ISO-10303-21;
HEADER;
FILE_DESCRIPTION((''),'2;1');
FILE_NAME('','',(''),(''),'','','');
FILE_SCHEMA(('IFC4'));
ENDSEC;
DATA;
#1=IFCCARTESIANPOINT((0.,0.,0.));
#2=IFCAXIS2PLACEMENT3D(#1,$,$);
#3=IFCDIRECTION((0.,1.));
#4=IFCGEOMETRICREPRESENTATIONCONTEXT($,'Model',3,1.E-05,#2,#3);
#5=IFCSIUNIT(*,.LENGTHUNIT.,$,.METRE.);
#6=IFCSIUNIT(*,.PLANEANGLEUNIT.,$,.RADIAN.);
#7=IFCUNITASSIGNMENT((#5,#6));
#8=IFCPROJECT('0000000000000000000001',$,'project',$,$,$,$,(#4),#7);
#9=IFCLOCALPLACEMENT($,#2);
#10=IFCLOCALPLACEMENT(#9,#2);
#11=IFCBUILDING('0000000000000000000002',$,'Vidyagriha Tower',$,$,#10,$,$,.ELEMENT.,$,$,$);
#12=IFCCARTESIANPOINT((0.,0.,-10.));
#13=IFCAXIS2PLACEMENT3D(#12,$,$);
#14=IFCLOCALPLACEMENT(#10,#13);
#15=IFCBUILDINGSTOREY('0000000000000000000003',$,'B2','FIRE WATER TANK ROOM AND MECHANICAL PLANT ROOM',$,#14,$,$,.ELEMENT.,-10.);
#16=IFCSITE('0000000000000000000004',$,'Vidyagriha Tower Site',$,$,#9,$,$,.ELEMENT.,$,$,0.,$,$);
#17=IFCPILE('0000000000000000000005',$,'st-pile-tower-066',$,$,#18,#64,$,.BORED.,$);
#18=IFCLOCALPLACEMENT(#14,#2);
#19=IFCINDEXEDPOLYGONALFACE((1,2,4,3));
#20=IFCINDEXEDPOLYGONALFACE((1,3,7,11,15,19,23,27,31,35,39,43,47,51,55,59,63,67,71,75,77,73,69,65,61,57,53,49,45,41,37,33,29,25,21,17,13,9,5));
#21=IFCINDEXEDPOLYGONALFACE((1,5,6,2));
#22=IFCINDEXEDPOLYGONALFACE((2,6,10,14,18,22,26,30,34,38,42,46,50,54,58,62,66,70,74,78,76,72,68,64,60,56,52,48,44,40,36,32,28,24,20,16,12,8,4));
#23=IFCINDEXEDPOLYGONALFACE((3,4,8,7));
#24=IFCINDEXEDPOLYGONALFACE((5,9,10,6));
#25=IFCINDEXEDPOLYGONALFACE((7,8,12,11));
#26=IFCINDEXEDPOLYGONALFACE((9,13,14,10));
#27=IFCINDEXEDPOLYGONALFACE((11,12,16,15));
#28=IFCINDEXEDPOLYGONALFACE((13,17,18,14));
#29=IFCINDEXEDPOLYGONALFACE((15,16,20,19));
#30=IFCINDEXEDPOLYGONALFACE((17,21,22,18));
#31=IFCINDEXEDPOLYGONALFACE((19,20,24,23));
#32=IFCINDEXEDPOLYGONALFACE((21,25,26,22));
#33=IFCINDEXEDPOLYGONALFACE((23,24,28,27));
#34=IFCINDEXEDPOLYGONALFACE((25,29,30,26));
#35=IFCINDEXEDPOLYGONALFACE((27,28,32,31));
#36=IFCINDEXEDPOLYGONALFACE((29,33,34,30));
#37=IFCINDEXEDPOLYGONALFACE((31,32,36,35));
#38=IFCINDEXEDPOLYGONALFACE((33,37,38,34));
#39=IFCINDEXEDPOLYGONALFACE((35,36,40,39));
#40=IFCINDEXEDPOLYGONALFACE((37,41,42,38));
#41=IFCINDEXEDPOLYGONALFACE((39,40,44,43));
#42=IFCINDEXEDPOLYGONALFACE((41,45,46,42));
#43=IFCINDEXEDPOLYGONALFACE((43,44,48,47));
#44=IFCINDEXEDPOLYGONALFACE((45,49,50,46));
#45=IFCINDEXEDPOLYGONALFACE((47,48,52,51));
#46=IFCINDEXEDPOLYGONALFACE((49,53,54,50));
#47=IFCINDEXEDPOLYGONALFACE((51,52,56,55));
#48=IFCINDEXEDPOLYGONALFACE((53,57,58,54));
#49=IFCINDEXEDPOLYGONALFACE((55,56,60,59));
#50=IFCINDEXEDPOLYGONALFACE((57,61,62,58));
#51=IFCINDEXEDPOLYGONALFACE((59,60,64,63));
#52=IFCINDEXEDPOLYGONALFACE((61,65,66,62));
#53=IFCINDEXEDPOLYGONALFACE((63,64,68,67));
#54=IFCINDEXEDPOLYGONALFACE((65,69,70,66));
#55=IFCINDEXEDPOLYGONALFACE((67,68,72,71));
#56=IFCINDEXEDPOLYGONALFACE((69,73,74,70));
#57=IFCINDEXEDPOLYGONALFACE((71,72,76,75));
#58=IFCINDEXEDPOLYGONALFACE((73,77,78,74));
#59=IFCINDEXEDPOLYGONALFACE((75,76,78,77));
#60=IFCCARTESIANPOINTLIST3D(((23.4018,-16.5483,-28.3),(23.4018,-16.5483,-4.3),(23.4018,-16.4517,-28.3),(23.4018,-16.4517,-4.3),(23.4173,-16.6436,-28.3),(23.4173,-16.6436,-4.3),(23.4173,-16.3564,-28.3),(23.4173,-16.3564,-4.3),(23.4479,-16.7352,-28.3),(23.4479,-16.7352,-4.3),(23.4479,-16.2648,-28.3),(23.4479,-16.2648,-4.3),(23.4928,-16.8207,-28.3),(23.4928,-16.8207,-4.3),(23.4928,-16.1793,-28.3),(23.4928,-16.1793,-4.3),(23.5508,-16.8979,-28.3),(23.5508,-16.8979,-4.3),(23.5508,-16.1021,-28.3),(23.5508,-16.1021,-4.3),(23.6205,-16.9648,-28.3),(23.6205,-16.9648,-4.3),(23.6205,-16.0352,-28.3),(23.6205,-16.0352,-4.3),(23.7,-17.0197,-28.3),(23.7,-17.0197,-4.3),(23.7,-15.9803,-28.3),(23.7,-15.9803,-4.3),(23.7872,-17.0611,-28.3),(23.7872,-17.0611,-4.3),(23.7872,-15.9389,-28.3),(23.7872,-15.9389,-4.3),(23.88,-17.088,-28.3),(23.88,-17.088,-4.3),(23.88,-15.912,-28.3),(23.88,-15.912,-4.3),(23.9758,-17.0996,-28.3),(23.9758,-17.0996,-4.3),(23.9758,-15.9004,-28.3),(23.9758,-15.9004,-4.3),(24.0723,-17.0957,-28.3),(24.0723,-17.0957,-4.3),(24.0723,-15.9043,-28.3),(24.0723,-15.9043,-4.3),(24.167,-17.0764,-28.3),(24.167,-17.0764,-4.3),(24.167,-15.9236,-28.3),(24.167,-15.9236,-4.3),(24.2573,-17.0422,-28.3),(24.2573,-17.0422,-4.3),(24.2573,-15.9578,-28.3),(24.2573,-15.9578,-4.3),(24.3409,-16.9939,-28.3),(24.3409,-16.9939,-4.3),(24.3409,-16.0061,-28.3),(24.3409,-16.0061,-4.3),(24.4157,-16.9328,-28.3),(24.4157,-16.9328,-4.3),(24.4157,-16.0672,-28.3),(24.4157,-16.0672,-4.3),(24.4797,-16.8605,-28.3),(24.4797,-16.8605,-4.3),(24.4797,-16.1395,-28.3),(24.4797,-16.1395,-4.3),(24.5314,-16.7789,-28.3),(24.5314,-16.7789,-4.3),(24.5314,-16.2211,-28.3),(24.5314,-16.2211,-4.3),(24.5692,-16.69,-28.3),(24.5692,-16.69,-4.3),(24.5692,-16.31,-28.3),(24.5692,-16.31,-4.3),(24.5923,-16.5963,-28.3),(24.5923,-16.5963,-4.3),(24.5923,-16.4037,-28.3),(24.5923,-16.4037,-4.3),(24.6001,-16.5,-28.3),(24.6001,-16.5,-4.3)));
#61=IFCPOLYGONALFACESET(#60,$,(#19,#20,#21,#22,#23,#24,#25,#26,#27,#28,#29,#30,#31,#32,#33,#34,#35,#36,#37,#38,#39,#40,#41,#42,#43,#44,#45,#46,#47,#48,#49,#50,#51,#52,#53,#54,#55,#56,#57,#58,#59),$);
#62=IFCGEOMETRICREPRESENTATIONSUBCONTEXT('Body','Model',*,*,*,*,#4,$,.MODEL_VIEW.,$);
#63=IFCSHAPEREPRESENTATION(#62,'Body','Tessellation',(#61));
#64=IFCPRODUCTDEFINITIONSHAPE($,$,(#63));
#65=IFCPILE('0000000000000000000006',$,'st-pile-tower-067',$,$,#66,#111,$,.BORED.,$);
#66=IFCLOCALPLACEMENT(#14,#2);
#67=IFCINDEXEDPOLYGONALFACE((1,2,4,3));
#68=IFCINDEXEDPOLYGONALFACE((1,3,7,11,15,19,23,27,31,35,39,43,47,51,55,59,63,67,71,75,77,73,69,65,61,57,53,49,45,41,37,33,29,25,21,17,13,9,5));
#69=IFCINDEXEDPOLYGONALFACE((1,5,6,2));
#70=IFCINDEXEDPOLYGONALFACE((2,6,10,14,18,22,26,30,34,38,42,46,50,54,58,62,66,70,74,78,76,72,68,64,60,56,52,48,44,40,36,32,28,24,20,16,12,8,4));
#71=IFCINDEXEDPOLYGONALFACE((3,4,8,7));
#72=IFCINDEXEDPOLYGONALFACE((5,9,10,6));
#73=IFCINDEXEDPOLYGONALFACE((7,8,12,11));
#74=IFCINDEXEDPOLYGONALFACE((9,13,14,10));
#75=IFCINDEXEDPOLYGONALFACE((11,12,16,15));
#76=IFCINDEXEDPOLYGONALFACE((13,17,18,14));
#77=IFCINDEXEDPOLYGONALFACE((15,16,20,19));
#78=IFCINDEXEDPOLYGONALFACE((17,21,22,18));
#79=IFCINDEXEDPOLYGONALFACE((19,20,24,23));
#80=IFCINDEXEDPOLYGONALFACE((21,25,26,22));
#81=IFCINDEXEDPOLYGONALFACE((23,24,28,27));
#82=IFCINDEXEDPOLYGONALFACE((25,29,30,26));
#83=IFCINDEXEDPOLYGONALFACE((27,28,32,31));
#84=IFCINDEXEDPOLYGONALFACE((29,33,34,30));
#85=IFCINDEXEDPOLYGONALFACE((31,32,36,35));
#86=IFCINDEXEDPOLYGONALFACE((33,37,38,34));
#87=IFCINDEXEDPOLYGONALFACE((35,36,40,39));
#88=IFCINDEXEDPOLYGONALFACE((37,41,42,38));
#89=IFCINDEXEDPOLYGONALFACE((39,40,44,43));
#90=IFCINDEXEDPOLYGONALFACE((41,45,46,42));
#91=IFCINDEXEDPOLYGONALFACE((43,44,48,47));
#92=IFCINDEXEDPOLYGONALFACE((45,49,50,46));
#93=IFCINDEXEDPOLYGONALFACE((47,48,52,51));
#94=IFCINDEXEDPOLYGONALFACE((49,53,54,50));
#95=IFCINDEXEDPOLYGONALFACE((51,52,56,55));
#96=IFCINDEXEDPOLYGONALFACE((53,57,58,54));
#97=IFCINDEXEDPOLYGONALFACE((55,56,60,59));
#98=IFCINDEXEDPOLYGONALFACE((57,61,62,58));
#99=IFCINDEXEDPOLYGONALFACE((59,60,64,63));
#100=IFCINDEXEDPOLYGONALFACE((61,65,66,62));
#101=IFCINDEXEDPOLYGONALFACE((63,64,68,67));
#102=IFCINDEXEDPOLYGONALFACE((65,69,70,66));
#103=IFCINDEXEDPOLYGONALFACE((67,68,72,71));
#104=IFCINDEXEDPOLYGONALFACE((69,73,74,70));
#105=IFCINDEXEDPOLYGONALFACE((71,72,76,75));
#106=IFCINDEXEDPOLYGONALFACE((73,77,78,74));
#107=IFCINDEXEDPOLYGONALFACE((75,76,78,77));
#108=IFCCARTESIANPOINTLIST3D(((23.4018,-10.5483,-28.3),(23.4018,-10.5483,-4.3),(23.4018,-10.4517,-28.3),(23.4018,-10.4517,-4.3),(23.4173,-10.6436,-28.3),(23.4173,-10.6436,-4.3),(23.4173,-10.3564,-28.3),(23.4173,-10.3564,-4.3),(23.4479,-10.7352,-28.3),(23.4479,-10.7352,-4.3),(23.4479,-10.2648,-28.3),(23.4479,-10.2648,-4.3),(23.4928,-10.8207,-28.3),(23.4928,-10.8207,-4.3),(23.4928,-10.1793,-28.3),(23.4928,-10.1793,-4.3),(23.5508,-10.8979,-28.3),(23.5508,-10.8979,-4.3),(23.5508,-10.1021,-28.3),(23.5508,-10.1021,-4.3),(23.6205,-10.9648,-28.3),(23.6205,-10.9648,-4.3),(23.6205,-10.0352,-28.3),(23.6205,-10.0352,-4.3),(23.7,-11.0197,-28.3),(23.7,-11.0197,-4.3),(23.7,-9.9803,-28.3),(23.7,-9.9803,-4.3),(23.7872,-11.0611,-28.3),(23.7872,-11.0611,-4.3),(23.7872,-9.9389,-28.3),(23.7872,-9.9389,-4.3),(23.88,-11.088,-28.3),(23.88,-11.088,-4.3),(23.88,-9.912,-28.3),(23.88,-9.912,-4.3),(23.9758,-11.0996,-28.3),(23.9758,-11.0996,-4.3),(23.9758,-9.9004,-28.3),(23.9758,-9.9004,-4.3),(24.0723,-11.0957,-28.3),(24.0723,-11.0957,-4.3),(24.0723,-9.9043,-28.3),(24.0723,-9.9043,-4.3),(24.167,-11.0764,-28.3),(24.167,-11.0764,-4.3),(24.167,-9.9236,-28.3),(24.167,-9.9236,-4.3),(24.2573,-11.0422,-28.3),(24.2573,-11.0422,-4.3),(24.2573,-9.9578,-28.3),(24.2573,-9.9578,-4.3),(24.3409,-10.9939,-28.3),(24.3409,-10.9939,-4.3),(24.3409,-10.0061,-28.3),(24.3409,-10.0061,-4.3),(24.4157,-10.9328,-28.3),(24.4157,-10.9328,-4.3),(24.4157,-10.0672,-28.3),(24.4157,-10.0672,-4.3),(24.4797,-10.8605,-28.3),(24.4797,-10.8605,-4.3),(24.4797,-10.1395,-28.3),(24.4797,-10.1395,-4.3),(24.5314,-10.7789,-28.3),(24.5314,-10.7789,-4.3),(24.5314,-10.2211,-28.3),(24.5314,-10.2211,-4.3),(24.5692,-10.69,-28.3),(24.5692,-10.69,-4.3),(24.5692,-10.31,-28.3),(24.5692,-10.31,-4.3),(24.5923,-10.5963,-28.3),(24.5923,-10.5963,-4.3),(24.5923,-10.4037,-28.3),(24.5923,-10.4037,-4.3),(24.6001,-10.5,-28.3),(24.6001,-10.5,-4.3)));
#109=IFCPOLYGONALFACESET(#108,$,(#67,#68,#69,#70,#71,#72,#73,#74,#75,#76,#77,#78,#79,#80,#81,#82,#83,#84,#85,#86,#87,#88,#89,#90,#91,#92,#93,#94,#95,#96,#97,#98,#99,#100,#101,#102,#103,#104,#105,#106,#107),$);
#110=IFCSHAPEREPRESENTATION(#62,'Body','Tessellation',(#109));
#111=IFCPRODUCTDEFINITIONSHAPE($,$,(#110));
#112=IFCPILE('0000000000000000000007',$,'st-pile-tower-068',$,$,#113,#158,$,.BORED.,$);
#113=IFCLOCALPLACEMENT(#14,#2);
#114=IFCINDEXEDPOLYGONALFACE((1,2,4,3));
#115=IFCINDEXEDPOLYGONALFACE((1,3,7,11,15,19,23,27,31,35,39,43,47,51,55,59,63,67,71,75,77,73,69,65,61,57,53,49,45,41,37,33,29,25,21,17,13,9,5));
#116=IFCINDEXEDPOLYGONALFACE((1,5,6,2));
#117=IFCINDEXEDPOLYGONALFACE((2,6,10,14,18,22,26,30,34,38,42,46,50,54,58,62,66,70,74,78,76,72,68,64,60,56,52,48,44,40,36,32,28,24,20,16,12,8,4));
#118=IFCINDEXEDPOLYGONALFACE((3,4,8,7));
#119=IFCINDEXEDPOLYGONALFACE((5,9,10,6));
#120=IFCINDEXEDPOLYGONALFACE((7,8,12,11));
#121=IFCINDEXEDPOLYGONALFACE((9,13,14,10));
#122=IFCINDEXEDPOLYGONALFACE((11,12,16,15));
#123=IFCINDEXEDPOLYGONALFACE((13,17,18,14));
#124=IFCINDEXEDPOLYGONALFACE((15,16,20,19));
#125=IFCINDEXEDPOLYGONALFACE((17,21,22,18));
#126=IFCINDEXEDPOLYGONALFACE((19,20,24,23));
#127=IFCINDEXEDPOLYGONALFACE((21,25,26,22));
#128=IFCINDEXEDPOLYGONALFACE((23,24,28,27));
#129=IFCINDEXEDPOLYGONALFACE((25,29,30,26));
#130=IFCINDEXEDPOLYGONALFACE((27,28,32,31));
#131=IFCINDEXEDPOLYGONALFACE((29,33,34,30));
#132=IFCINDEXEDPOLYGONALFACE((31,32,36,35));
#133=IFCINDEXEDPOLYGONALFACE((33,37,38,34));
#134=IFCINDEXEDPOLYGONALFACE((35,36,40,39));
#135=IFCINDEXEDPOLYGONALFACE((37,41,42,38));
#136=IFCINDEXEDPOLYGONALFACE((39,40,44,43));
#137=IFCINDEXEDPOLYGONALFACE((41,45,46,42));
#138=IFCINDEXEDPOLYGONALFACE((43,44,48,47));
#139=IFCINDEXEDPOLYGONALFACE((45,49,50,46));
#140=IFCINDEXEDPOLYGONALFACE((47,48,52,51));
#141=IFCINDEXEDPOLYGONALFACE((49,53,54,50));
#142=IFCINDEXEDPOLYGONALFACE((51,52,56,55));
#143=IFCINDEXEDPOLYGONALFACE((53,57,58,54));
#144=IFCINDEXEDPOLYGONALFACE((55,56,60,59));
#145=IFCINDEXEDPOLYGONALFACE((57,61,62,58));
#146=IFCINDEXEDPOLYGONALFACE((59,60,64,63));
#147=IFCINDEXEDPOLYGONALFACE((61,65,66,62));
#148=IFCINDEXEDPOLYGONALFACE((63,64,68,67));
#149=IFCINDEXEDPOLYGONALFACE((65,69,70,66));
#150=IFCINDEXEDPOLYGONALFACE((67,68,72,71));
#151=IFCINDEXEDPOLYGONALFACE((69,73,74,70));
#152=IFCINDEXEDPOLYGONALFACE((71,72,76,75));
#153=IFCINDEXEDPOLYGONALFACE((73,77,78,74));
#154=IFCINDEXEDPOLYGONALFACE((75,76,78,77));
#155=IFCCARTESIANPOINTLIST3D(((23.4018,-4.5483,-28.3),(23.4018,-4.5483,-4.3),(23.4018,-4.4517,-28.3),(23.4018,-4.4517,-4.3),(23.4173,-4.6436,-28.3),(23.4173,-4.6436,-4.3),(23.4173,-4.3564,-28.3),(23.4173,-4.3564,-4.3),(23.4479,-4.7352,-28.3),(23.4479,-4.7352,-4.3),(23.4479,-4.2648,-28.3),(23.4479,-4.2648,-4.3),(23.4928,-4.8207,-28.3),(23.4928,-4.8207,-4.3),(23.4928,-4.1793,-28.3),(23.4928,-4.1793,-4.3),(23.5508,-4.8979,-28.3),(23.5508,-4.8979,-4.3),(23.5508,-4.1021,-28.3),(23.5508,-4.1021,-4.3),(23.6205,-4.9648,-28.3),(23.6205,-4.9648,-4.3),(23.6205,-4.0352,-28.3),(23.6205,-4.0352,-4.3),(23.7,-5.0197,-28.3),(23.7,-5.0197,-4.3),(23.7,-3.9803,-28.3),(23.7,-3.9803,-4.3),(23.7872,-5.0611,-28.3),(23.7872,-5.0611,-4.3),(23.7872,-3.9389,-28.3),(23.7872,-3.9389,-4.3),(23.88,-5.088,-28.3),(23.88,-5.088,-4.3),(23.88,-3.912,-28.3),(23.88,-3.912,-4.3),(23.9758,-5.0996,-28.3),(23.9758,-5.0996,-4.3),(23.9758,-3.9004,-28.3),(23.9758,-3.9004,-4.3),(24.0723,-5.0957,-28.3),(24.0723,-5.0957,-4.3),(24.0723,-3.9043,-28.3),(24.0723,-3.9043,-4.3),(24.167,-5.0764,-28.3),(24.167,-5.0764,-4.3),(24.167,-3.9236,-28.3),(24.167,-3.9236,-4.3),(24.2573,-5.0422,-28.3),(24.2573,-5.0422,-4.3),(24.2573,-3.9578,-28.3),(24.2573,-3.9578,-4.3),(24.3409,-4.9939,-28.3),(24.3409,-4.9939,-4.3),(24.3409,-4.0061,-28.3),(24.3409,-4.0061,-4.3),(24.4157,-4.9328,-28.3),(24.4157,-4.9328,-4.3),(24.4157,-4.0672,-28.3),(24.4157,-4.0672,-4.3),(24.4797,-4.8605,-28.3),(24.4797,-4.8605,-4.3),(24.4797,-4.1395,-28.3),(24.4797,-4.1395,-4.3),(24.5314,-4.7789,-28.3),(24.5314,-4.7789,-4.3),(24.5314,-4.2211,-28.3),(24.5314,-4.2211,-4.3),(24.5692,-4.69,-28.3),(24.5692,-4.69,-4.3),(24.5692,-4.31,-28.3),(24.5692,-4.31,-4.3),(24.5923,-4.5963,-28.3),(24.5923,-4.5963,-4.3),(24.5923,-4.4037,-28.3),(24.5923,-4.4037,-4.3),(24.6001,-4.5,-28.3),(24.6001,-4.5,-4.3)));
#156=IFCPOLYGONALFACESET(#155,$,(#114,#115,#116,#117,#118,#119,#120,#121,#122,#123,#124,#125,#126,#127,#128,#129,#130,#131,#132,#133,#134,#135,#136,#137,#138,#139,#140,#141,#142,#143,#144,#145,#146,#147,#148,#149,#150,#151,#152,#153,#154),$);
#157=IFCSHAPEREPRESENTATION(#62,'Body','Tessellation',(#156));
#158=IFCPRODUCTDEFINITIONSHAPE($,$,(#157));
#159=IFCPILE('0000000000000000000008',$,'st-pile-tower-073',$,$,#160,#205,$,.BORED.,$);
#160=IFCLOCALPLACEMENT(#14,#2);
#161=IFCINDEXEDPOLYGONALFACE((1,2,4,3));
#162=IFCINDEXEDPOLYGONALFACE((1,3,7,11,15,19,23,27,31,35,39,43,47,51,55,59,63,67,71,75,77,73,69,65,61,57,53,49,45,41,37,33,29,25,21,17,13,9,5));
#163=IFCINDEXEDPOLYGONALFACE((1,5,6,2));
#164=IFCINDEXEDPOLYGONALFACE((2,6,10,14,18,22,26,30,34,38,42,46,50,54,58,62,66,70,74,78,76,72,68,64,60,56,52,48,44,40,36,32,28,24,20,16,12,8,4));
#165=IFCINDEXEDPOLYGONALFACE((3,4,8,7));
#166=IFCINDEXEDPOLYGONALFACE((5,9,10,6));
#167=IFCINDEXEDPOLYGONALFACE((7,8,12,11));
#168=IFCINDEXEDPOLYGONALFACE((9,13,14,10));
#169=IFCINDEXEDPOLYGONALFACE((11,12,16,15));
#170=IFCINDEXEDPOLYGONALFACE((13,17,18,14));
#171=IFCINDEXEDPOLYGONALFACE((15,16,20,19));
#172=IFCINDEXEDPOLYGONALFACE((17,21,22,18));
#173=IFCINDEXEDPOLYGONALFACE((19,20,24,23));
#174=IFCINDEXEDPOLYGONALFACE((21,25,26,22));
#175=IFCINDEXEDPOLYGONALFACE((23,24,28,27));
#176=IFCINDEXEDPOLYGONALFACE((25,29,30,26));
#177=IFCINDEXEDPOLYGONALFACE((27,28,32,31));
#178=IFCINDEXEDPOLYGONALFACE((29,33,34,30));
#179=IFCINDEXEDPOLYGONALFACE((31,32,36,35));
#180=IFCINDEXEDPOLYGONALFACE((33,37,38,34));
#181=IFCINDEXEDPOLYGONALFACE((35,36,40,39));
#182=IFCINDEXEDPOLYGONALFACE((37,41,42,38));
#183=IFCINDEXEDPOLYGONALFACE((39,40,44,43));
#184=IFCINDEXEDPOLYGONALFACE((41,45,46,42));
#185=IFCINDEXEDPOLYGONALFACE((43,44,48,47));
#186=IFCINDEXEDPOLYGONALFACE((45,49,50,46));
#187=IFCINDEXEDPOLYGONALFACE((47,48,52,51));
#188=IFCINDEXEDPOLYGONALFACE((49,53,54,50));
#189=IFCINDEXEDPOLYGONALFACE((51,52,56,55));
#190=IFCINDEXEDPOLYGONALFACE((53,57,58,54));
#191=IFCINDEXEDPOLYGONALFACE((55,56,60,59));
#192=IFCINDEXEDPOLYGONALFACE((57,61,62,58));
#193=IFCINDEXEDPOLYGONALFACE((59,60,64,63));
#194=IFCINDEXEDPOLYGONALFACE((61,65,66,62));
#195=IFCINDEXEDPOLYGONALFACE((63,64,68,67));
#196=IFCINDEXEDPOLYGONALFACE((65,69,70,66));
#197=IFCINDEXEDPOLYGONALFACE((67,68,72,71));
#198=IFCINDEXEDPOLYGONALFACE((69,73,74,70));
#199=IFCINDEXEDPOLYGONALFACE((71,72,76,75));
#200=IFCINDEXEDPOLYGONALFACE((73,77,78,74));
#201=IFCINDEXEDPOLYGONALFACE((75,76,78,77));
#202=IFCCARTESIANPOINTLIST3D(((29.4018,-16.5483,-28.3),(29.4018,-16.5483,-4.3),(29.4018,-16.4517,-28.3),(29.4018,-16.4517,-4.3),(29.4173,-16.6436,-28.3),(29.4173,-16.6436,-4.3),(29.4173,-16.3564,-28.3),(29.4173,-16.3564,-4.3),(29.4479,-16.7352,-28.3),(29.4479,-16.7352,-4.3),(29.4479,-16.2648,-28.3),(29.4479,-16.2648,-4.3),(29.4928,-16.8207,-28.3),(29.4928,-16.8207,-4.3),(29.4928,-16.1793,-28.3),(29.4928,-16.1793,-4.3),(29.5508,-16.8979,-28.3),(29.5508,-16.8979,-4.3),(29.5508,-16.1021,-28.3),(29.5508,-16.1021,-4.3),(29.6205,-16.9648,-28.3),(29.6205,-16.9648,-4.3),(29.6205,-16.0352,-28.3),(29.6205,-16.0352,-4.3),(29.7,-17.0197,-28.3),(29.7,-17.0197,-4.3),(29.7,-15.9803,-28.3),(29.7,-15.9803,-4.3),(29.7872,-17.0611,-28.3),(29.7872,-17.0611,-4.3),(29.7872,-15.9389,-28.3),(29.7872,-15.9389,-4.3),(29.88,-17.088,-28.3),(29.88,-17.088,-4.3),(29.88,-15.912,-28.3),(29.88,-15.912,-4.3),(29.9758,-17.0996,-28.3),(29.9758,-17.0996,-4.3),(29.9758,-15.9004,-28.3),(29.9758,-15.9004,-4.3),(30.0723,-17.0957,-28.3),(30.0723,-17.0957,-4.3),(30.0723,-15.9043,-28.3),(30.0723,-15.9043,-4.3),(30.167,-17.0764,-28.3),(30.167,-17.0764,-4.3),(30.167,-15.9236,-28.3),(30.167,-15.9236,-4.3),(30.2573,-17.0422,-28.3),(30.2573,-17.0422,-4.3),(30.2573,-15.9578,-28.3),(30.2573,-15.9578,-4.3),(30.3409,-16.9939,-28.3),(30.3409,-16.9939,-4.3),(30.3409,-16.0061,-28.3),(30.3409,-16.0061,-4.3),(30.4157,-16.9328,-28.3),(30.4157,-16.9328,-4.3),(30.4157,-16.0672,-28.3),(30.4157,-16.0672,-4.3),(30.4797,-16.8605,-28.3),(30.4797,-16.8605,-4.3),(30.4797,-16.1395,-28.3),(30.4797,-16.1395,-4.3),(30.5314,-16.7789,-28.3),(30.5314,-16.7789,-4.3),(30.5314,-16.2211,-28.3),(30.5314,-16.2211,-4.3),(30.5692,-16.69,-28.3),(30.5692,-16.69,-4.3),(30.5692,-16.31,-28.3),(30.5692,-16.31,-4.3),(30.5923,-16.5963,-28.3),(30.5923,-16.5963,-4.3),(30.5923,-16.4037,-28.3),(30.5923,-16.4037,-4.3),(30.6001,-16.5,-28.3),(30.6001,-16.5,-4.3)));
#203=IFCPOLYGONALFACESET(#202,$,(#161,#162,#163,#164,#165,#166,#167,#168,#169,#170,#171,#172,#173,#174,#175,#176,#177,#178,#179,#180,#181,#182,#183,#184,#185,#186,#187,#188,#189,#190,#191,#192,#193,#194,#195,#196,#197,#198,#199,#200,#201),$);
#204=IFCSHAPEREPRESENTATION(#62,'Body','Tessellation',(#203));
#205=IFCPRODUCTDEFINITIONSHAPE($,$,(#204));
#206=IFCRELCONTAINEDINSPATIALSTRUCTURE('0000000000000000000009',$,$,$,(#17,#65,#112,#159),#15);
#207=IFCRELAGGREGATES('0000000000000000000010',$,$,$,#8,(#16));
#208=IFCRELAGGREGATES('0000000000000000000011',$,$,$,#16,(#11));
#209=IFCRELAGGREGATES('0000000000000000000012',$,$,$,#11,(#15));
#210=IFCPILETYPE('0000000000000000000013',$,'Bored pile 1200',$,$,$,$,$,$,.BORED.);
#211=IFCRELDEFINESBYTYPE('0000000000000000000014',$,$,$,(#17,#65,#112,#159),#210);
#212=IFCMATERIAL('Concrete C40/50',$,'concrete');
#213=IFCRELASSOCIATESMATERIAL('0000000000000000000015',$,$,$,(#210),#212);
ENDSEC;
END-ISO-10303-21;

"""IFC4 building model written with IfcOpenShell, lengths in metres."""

from ifc_helpers import new_model, si_unit, direction, frame, origin, origin_2d, place, context, subcontext, project, spatial, circle, extrude, material, material_profile, profile_set, type_object, element, save


model = new_model("IFC4")

# Units and contexts
model_context = context("Model", 3, precision=1e-05, world=origin(), true_north=direction((0.0, 1.0)))
body_context = subcontext(model_context, "Body", "Model", "MODEL_VIEW")
ifc_project = project(units=[si_unit("LENGTHUNIT", "METRE"), si_unit("PLANEANGLEUNIT", "RADIAN")], contexts=[model_context])

# Site, building, storey
site_placement = place(None, origin())
site = spatial("IfcSite", under=ifc_project, at=site_placement, Name="Vidyagriha Tower Site", CompositionType="ELEMENT", RefElevation=0.0)
building_placement = place(site_placement, origin())
building = spatial("IfcBuilding", under=site, at=building_placement, Name="Vidyagriha Tower", CompositionType="ELEMENT")
storey_placement = place(building_placement, frame((0.0, 0.0, -10.0)))
storey = spatial("IfcBuildingStorey", under=building, at=storey_placement, Name="B2", Description="FIRE WATER TANK ROOM AND MECHANICAL PLANT ROOM", CompositionType="ELEMENT", Elevation=-10.0)

# Piles
ifc_material_1 = material(Name="Concrete C40/50", Category="concrete")
ifc_material_profile_1 = material_profile(ifc_material_1, circle(Radius=0.6001, at=origin_2d()), Name="Bored pile 1200")
ifc_profile_set_1 = profile_set([ifc_material_profile_1], Name="Concrete C40/50")
pile_type = type_object("IfcPileType", Name="Bored pile 1200", PredefinedType="BORED", material=ifc_profile_set_1)
for number, where, z_axis, x_axis, name in (
    (1, (24.0, -16.5, -4.3), (0.0, 0.0, -1.0), (1.0, 0.0, 0.0), "st-pile-tower-066"),
    (2, (24.0, -10.5, -4.3), (0.0, 0.0, -1.0), (1.0, 0.0, 0.0), "st-pile-tower-067"),
    (3, (24.0, -4.5, -4.3), (0.0, 0.0, -1.0), (1.0, 0.0, 0.0), "st-pile-tower-068"),
    (4, (30.0, -16.5, -4.3), (0.0, 0.0, -1.0), (1.0, 0.0, 0.0), "st-pile-tower-073"),
):
    element("IfcPile", number, at=place(storey_placement, frame(where, z_axis=z_axis, x_axis=x_axis)), inside=storey, type_object=pile_type, Name=name, PredefinedType="BORED", context=body_context, shape_type="SweptSolid", body=[
        extrude(circle(Radius=0.6001, at=origin_2d()), origin(), (0.0, 0.0, 1.0), 24.0),
    ])

save(model, "model.ifc")
